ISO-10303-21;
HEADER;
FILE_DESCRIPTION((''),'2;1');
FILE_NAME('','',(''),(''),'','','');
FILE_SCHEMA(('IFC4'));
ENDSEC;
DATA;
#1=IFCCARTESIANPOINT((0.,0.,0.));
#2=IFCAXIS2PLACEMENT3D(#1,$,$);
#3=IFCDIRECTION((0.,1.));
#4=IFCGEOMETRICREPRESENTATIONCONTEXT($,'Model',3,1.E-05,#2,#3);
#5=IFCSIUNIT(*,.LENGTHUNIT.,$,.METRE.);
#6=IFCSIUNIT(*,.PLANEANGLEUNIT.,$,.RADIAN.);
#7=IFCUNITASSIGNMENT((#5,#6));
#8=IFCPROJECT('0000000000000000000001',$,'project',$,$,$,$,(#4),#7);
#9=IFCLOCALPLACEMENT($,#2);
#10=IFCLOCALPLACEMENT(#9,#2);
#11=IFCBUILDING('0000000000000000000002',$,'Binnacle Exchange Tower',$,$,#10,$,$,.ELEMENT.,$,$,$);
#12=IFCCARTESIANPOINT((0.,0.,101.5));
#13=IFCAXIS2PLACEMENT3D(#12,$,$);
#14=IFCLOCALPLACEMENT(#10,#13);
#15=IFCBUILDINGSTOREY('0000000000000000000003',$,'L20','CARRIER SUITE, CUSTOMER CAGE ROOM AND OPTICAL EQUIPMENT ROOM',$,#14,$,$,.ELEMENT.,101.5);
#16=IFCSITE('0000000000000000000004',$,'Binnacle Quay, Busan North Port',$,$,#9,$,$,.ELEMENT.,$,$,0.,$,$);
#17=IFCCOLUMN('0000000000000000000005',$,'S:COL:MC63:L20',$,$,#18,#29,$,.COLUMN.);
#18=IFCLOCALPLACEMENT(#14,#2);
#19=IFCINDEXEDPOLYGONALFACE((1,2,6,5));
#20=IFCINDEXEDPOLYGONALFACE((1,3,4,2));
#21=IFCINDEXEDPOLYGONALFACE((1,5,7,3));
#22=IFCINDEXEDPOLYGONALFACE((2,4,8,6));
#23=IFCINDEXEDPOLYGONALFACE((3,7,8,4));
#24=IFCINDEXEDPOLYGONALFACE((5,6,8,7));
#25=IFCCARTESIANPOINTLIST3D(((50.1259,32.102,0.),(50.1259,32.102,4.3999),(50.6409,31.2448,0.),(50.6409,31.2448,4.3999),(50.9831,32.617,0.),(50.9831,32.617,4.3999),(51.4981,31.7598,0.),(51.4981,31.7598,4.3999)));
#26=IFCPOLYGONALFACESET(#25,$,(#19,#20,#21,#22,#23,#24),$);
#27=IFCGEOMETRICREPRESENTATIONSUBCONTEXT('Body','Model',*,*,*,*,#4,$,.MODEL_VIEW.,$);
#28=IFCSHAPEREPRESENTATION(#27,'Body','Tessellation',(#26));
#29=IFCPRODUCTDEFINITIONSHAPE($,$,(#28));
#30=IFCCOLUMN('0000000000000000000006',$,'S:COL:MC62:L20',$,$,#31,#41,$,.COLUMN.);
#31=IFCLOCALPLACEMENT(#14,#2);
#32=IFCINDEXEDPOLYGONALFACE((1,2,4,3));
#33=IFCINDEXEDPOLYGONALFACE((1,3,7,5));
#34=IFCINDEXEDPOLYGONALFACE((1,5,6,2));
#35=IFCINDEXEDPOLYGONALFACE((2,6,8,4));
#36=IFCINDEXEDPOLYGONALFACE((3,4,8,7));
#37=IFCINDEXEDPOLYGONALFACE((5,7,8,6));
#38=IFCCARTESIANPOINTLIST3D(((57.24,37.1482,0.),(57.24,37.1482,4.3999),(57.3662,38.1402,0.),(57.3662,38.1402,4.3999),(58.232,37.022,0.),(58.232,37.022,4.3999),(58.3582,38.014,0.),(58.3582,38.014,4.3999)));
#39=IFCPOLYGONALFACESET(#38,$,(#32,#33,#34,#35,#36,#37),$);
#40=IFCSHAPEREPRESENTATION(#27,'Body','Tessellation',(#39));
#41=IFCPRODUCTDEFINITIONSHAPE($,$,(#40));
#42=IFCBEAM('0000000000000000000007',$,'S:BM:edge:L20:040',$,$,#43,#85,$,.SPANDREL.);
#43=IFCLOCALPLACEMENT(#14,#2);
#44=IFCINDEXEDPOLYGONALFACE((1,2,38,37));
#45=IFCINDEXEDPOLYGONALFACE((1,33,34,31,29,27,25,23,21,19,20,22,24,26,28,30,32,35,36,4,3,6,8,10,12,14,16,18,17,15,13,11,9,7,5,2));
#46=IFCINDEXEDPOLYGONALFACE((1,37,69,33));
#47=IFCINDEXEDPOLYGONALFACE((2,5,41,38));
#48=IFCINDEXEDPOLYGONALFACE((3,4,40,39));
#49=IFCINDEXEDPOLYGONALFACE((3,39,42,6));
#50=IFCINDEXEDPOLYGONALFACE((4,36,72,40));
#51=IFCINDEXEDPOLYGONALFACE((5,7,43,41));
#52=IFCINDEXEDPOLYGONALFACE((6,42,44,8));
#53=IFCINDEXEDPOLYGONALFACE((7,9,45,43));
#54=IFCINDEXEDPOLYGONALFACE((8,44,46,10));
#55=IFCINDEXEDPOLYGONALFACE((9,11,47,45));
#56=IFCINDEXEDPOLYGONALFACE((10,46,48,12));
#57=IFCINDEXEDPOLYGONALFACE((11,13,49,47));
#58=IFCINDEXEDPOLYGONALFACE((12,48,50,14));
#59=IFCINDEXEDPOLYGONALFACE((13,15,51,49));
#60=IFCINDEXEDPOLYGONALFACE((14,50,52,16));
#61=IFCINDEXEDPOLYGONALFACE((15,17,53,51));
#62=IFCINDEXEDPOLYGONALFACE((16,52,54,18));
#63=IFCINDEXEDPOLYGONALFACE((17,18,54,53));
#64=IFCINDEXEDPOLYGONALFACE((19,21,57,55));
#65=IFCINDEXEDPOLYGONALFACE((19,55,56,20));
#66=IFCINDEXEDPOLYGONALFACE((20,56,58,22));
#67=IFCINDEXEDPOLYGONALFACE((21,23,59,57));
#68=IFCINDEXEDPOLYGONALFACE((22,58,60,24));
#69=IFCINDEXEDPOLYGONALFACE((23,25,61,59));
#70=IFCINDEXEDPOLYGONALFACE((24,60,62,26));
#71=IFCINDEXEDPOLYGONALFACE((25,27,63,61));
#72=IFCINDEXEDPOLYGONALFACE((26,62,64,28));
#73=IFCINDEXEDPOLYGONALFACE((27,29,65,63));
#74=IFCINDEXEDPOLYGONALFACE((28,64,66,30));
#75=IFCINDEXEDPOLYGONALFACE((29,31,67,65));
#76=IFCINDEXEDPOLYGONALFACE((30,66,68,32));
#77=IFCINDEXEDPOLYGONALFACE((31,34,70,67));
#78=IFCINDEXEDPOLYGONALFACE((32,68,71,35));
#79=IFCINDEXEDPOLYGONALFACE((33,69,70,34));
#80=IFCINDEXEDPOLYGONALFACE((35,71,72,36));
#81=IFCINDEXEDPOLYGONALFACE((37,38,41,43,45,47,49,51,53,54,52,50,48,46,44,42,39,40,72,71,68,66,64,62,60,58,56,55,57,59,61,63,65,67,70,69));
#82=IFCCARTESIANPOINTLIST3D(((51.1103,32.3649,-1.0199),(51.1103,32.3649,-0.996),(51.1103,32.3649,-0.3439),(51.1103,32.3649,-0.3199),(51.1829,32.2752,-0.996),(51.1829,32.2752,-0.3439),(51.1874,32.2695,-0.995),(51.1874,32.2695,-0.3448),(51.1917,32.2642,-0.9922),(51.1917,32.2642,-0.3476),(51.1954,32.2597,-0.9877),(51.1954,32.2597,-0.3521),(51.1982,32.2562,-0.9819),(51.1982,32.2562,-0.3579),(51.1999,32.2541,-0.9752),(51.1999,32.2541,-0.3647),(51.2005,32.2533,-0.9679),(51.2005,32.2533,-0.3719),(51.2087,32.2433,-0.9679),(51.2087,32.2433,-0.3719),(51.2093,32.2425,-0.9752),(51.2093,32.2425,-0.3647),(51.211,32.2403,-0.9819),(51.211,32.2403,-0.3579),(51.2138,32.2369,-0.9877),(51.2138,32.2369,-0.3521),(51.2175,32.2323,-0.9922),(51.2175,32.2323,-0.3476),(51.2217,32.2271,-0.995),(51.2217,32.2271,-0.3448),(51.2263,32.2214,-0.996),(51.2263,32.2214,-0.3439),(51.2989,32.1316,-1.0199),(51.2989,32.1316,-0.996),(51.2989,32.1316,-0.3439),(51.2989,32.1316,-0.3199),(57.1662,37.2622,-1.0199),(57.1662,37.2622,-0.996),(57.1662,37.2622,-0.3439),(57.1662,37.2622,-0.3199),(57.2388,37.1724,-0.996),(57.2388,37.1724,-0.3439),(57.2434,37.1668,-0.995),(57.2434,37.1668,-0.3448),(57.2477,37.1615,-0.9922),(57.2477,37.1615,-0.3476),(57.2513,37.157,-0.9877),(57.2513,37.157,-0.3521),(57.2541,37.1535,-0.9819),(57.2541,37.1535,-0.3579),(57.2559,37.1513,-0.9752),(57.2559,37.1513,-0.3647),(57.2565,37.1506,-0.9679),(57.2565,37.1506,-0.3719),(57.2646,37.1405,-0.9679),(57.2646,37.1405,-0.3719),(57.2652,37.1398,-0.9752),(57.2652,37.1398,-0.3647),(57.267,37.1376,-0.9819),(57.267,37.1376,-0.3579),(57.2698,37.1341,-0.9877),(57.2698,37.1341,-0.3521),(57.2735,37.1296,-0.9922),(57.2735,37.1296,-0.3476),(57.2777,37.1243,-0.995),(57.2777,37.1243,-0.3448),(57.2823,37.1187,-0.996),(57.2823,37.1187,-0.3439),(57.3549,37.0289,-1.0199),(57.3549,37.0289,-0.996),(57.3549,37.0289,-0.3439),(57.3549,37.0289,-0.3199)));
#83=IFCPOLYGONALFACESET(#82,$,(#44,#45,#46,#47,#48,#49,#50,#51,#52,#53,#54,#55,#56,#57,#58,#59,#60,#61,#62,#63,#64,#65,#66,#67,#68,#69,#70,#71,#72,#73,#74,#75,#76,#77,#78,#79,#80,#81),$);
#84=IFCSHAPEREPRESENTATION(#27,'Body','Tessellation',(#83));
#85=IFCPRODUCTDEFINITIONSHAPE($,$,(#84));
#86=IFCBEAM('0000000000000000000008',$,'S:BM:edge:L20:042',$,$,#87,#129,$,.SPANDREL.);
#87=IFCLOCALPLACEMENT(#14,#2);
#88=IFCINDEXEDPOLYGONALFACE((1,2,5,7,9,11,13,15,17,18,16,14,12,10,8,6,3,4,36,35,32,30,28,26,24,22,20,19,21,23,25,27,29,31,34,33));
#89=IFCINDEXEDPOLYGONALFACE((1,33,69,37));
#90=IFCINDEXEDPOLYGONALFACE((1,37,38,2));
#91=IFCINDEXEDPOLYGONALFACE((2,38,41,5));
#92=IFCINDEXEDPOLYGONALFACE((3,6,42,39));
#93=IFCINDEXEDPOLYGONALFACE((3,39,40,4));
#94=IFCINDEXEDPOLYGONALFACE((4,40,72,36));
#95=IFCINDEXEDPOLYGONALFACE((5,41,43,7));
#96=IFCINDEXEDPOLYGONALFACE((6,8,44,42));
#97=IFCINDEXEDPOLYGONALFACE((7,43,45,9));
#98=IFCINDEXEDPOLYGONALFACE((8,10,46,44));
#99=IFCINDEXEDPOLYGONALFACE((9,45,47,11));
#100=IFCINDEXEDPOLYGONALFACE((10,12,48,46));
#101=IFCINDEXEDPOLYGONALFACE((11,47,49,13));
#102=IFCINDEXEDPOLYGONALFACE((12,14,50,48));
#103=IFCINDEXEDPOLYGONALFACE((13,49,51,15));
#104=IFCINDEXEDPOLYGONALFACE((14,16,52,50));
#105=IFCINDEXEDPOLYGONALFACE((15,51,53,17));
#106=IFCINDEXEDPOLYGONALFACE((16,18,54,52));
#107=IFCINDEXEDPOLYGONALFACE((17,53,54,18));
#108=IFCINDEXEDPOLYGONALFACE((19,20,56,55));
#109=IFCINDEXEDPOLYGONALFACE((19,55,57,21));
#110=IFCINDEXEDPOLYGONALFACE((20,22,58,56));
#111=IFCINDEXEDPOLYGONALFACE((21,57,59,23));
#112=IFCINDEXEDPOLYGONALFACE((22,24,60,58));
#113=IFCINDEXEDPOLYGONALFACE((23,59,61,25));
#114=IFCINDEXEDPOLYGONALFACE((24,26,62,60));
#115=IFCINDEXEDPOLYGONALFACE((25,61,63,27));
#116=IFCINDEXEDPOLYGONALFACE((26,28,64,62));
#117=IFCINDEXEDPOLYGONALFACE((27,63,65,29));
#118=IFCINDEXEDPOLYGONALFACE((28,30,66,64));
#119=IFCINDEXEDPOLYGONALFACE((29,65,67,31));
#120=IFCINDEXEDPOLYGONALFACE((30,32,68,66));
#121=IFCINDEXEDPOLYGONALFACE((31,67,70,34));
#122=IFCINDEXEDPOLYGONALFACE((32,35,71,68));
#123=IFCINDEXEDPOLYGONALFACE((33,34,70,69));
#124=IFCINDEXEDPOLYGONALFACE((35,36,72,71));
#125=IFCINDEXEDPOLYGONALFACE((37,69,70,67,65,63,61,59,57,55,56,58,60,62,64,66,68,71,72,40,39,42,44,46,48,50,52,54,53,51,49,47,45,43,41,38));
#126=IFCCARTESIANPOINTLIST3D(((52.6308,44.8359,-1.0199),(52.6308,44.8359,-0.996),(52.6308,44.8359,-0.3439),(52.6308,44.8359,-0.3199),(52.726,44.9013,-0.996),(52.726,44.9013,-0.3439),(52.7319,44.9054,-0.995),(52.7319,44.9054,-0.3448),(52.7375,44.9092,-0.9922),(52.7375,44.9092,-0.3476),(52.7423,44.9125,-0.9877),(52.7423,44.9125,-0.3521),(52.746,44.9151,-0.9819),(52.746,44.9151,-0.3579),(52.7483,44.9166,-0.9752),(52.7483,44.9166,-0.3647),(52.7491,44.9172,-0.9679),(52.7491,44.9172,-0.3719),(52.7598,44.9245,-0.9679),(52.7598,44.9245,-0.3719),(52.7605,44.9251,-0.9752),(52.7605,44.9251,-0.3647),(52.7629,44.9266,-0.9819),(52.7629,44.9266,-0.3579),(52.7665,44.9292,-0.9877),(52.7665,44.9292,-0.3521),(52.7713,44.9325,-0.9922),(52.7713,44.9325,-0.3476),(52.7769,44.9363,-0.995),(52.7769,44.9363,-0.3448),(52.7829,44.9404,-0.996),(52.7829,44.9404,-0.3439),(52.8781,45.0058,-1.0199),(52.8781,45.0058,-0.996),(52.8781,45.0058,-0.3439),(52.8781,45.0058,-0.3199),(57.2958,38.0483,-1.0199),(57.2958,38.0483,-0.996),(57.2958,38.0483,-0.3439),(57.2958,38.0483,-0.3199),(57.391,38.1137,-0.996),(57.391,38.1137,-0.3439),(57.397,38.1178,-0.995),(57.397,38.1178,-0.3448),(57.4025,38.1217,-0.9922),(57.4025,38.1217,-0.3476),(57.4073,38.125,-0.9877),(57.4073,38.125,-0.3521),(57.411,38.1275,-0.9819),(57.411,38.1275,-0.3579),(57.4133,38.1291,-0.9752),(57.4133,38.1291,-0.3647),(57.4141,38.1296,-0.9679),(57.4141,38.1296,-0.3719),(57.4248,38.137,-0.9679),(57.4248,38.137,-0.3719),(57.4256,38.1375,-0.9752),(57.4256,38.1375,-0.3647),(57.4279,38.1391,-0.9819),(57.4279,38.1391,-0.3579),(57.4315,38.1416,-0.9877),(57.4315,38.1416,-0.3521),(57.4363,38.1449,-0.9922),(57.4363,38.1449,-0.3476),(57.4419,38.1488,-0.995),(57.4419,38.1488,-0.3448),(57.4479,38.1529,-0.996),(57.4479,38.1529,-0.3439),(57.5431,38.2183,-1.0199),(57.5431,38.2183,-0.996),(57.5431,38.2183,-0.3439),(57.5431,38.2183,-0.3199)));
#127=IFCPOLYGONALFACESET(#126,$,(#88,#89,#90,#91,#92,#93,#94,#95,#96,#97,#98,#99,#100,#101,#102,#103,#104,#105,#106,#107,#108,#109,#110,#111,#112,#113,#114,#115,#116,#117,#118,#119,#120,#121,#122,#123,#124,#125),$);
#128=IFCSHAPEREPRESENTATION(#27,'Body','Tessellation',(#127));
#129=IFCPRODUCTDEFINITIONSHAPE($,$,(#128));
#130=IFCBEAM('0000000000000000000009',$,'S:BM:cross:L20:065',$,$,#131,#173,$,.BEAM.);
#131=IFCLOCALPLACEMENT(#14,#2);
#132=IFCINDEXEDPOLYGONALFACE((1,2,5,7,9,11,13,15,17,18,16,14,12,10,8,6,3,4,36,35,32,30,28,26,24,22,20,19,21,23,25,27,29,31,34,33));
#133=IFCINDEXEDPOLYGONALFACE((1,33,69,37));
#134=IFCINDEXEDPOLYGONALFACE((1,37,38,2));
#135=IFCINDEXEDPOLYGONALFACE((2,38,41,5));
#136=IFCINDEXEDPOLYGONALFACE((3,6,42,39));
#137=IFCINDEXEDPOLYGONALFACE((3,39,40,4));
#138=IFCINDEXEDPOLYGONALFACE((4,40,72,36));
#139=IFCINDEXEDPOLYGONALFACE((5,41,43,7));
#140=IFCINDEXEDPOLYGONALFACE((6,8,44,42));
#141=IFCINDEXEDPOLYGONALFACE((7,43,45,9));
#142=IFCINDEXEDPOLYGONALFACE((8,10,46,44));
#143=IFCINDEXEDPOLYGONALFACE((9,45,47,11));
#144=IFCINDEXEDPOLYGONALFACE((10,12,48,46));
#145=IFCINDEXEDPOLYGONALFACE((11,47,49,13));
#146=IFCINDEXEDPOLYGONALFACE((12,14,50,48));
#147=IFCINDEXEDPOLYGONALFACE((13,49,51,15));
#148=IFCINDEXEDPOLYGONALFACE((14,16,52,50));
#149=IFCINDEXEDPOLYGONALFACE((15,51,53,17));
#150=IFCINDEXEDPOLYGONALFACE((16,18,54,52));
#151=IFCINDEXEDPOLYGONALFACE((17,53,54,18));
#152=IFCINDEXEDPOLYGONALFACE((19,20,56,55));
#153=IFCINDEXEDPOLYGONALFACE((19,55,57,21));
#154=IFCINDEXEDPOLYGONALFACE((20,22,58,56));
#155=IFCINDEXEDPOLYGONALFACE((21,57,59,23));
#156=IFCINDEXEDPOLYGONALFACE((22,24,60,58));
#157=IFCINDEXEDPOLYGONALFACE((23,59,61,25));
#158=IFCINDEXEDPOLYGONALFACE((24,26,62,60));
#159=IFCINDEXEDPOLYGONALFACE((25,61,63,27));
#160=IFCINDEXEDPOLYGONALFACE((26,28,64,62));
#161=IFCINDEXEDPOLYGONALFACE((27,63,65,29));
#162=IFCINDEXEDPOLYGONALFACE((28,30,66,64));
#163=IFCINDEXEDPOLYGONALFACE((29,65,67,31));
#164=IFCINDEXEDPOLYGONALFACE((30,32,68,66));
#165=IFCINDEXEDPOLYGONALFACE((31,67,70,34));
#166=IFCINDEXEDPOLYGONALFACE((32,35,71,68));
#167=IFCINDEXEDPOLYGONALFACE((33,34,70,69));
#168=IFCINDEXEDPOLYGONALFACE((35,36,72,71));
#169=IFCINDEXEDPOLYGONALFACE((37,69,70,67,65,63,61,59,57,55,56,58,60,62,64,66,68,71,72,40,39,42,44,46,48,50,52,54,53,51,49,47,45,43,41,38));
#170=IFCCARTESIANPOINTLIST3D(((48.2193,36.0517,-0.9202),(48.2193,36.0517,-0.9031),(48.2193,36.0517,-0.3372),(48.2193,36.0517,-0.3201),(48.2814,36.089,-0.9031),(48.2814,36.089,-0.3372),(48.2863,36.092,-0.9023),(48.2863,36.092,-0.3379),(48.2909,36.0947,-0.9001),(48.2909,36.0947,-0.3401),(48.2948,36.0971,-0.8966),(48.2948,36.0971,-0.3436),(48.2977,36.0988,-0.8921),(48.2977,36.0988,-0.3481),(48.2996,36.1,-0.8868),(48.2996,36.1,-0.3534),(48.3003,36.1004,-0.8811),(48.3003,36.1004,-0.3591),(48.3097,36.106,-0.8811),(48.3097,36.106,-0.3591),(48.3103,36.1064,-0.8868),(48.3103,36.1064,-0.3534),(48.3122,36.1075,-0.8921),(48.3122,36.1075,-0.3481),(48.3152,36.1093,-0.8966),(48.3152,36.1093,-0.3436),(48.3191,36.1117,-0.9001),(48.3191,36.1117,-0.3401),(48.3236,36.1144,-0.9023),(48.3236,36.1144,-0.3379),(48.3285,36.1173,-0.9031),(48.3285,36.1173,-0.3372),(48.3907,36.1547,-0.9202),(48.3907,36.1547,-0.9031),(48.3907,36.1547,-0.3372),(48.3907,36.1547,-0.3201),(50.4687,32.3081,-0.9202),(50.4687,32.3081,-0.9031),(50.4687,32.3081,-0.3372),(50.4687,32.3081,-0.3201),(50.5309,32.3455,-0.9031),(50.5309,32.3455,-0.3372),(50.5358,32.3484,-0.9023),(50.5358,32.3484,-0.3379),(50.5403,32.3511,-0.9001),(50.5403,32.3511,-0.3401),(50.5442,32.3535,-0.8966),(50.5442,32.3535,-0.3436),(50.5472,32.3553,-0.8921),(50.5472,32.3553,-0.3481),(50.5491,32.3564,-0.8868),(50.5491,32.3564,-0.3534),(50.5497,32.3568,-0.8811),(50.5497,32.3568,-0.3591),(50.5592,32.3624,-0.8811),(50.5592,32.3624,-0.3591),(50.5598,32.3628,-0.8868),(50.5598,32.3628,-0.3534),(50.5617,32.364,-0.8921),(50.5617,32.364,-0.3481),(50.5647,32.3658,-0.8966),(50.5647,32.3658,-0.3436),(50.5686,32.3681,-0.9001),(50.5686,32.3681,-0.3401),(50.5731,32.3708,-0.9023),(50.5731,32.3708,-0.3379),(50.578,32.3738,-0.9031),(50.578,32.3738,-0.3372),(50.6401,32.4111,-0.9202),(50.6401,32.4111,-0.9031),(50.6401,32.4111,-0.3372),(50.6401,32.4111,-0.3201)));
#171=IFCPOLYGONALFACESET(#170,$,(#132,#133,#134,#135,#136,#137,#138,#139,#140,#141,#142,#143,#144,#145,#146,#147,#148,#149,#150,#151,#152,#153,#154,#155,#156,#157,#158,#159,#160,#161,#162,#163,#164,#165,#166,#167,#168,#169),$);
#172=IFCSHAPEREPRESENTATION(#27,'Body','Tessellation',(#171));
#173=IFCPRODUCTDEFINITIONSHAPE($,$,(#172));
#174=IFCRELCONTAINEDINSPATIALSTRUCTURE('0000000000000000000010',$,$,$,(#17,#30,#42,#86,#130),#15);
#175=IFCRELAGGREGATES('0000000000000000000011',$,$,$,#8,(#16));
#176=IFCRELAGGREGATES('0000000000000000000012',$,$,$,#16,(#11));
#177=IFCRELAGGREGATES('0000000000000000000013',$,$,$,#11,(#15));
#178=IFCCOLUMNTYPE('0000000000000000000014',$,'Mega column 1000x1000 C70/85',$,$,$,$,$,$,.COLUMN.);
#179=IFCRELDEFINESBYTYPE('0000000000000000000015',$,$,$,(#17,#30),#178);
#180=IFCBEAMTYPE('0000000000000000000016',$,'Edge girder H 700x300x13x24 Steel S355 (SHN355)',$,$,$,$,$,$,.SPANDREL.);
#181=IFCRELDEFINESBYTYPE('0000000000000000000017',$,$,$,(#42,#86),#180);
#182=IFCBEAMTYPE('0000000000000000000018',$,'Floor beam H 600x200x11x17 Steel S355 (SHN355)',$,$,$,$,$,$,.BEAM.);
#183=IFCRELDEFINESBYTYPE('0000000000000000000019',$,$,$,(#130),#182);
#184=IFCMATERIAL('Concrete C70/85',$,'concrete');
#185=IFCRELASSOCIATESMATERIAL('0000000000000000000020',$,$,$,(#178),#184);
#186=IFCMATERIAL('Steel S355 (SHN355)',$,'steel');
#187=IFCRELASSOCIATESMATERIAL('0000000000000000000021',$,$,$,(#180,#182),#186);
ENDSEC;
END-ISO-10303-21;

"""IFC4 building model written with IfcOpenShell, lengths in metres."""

from ifc_helpers import new_model, si_unit, direction, frame, origin, origin_2d, place, context, subcontext, project, spatial, rectangle, i_section, extrude, material, material_profile, profile_set, type_object, element, save


model = new_model("IFC4")

# Units and contexts
model_context = context("Model", 3, precision=1e-05, world=origin(), true_north=direction((0.0, 1.0)))
body_context = subcontext(model_context, "Body", "Model", "MODEL_VIEW")
ifc_project = project(units=[si_unit("LENGTHUNIT", "METRE"), si_unit("PLANEANGLEUNIT", "RADIAN")], contexts=[model_context])

# Site, building, storey
site_placement = place(None, origin())
site = spatial("IfcSite", under=ifc_project, at=site_placement, Name="Binnacle Quay, Busan North Port", CompositionType="ELEMENT", RefElevation=0.0)
building_placement = place(site_placement, origin())
building = spatial("IfcBuilding", under=site, at=building_placement, Name="Binnacle Exchange Tower", CompositionType="ELEMENT")
storey_placement = place(building_placement, frame((0.0, 0.0, 101.5)))
storey = spatial("IfcBuildingStorey", under=building, at=storey_placement, Name="L20", Description="CARRIER SUITE, CUSTOMER CAGE ROOM AND OPTICAL EQUIPMENT ROOM", CompositionType="ELEMENT", Elevation=101.5)

# Columns
ifc_material_1 = material(Name="Concrete C70/85", Category="concrete")
ifc_material_profile_1 = material_profile(ifc_material_1, rectangle(XDim=1.0, YDim=1.0, at=origin_2d()), Name="Mega column 1000x1000 C70/85")
ifc_profile_set_1 = profile_set([ifc_material_profile_1], Name="Concrete C70/85")
column_type = type_object("IfcColumnType", Name="Mega column 1000x1000 C70/85", PredefinedType="COLUMN", material=ifc_profile_set_1)
for number, where, z_axis, x_axis, name in (
    (1, (50.812, 31.9309, 0.0), (0.0, 0.0, 1.0), (0.857167, 0.515038, 0.0), "S:COL:MC63:L20"),
    (2, (57.7991, 37.5811, 0.0), (0.0, 0.0, 1.0), (0.126199, 0.992005, 0.0), "S:COL:MC62:L20"),
):
    element("IfcColumn", number, at=place(storey_placement, frame(where, z_axis=z_axis, x_axis=x_axis)), inside=storey, type_object=column_type, Name=name, PredefinedType="COLUMN", context=body_context, shape_type="SweptSolid", body=[
        extrude(rectangle(XDim=1.0, YDim=1.0, at=origin_2d()), origin(), (0.0, 0.0, 1.0), 4.3999),
    ])

# Beams
ifc_material_2 = material(Name="Steel S355 (SHN355)", Category="steel")
ifc_material_profile_2 = material_profile(ifc_material_2, i_section(OverallWidth=0.3, OverallDepth=0.7, WebThickness=0.0129, FlangeThickness=0.0239, FilletRadius=0.0281, at=origin_2d()), Name="H 700x300x13x24")
ifc_profile_set_2 = profile_set([ifc_material_profile_2], Name="Steel S355 (SHN355)")
beam_type_1 = type_object("IfcBeamType", Name="Edge girder H 700x300x13x24 Steel S355 (SHN355)", PredefinedType="SPANDREL", material=ifc_profile_set_2)
beam_1_placement = place(storey_placement, frame((51.2046, 32.2483, -0.6699), z_axis=(0.77757, 0.628796, 0.0), x_axis=(-0.628796, 0.77757, 0.0)))
element("IfcBeam", 3, at=beam_1_placement, inside=storey, type_object=beam_type_1, Name="S:BM:edge:L20:040", PredefinedType="SPANDREL", context=body_context, shape_type="SweptSolid", body=[
    extrude(i_section(OverallWidth=0.3, OverallDepth=0.7, WebThickness=0.0129, FlangeThickness=0.0239, FilletRadius=0.0281, at=origin_2d()), origin(), (0.0, 0.0, 1.0), 7.7883),
])
beam_2_placement = place(storey_placement, frame((57.4194, 38.1333, -0.6699), z_axis=(-0.566411, 0.824123, 0.0), x_axis=(-0.824123, -0.566411, 0.0)))
element("IfcBeam", 4, at=beam_2_placement, inside=storey, type_object=beam_type_1, Name="S:BM:edge:L20:042", PredefinedType="SPANDREL", context=body_context, shape_type="SweptSolid", body=[
    extrude(i_section(OverallWidth=0.3, OverallDepth=0.7, WebThickness=0.0129, FlangeThickness=0.0239, FilletRadius=0.0281, at=origin_2d()), origin(), (0.0, 0.0, 1.0), 8.2361),
])
ifc_material_profile_3 = material_profile(ifc_material_2, i_section(OverallWidth=0.2, OverallDepth=0.6001, WebThickness=0.011, FlangeThickness=0.0171, FilletRadius=0.022, at=origin_2d()), Name="H 600x200x11x17")
ifc_profile_set_3 = profile_set([ifc_material_profile_3], Name="Steel S355 (SHN355)")
beam_type_2 = type_object("IfcBeamType", Name="Floor beam H 600x200x11x17 Steel S355 (SHN355)", PredefinedType="BEAM", material=ifc_profile_set_3)
beam_3_placement = place(storey_placement, frame((50.5544, 32.3596, -0.6201), z_axis=(-0.515055, 0.857157, 0.0), x_axis=(-0.857157, -0.515055, 0.0)))
element("IfcBeam", 5, at=beam_3_placement, inside=storey, type_object=beam_type_2, Name="S:BM:cross:L20:065", PredefinedType="BEAM", context=body_context, shape_type="SweptSolid", body=[
    extrude(i_section(OverallWidth=0.2, OverallDepth=0.6001, WebThickness=0.011, FlangeThickness=0.0171, FilletRadius=0.022, at=origin_2d()), origin(), (0.0, 0.0, 1.0), 4.3674),
])

save(model, "model.ifc")
